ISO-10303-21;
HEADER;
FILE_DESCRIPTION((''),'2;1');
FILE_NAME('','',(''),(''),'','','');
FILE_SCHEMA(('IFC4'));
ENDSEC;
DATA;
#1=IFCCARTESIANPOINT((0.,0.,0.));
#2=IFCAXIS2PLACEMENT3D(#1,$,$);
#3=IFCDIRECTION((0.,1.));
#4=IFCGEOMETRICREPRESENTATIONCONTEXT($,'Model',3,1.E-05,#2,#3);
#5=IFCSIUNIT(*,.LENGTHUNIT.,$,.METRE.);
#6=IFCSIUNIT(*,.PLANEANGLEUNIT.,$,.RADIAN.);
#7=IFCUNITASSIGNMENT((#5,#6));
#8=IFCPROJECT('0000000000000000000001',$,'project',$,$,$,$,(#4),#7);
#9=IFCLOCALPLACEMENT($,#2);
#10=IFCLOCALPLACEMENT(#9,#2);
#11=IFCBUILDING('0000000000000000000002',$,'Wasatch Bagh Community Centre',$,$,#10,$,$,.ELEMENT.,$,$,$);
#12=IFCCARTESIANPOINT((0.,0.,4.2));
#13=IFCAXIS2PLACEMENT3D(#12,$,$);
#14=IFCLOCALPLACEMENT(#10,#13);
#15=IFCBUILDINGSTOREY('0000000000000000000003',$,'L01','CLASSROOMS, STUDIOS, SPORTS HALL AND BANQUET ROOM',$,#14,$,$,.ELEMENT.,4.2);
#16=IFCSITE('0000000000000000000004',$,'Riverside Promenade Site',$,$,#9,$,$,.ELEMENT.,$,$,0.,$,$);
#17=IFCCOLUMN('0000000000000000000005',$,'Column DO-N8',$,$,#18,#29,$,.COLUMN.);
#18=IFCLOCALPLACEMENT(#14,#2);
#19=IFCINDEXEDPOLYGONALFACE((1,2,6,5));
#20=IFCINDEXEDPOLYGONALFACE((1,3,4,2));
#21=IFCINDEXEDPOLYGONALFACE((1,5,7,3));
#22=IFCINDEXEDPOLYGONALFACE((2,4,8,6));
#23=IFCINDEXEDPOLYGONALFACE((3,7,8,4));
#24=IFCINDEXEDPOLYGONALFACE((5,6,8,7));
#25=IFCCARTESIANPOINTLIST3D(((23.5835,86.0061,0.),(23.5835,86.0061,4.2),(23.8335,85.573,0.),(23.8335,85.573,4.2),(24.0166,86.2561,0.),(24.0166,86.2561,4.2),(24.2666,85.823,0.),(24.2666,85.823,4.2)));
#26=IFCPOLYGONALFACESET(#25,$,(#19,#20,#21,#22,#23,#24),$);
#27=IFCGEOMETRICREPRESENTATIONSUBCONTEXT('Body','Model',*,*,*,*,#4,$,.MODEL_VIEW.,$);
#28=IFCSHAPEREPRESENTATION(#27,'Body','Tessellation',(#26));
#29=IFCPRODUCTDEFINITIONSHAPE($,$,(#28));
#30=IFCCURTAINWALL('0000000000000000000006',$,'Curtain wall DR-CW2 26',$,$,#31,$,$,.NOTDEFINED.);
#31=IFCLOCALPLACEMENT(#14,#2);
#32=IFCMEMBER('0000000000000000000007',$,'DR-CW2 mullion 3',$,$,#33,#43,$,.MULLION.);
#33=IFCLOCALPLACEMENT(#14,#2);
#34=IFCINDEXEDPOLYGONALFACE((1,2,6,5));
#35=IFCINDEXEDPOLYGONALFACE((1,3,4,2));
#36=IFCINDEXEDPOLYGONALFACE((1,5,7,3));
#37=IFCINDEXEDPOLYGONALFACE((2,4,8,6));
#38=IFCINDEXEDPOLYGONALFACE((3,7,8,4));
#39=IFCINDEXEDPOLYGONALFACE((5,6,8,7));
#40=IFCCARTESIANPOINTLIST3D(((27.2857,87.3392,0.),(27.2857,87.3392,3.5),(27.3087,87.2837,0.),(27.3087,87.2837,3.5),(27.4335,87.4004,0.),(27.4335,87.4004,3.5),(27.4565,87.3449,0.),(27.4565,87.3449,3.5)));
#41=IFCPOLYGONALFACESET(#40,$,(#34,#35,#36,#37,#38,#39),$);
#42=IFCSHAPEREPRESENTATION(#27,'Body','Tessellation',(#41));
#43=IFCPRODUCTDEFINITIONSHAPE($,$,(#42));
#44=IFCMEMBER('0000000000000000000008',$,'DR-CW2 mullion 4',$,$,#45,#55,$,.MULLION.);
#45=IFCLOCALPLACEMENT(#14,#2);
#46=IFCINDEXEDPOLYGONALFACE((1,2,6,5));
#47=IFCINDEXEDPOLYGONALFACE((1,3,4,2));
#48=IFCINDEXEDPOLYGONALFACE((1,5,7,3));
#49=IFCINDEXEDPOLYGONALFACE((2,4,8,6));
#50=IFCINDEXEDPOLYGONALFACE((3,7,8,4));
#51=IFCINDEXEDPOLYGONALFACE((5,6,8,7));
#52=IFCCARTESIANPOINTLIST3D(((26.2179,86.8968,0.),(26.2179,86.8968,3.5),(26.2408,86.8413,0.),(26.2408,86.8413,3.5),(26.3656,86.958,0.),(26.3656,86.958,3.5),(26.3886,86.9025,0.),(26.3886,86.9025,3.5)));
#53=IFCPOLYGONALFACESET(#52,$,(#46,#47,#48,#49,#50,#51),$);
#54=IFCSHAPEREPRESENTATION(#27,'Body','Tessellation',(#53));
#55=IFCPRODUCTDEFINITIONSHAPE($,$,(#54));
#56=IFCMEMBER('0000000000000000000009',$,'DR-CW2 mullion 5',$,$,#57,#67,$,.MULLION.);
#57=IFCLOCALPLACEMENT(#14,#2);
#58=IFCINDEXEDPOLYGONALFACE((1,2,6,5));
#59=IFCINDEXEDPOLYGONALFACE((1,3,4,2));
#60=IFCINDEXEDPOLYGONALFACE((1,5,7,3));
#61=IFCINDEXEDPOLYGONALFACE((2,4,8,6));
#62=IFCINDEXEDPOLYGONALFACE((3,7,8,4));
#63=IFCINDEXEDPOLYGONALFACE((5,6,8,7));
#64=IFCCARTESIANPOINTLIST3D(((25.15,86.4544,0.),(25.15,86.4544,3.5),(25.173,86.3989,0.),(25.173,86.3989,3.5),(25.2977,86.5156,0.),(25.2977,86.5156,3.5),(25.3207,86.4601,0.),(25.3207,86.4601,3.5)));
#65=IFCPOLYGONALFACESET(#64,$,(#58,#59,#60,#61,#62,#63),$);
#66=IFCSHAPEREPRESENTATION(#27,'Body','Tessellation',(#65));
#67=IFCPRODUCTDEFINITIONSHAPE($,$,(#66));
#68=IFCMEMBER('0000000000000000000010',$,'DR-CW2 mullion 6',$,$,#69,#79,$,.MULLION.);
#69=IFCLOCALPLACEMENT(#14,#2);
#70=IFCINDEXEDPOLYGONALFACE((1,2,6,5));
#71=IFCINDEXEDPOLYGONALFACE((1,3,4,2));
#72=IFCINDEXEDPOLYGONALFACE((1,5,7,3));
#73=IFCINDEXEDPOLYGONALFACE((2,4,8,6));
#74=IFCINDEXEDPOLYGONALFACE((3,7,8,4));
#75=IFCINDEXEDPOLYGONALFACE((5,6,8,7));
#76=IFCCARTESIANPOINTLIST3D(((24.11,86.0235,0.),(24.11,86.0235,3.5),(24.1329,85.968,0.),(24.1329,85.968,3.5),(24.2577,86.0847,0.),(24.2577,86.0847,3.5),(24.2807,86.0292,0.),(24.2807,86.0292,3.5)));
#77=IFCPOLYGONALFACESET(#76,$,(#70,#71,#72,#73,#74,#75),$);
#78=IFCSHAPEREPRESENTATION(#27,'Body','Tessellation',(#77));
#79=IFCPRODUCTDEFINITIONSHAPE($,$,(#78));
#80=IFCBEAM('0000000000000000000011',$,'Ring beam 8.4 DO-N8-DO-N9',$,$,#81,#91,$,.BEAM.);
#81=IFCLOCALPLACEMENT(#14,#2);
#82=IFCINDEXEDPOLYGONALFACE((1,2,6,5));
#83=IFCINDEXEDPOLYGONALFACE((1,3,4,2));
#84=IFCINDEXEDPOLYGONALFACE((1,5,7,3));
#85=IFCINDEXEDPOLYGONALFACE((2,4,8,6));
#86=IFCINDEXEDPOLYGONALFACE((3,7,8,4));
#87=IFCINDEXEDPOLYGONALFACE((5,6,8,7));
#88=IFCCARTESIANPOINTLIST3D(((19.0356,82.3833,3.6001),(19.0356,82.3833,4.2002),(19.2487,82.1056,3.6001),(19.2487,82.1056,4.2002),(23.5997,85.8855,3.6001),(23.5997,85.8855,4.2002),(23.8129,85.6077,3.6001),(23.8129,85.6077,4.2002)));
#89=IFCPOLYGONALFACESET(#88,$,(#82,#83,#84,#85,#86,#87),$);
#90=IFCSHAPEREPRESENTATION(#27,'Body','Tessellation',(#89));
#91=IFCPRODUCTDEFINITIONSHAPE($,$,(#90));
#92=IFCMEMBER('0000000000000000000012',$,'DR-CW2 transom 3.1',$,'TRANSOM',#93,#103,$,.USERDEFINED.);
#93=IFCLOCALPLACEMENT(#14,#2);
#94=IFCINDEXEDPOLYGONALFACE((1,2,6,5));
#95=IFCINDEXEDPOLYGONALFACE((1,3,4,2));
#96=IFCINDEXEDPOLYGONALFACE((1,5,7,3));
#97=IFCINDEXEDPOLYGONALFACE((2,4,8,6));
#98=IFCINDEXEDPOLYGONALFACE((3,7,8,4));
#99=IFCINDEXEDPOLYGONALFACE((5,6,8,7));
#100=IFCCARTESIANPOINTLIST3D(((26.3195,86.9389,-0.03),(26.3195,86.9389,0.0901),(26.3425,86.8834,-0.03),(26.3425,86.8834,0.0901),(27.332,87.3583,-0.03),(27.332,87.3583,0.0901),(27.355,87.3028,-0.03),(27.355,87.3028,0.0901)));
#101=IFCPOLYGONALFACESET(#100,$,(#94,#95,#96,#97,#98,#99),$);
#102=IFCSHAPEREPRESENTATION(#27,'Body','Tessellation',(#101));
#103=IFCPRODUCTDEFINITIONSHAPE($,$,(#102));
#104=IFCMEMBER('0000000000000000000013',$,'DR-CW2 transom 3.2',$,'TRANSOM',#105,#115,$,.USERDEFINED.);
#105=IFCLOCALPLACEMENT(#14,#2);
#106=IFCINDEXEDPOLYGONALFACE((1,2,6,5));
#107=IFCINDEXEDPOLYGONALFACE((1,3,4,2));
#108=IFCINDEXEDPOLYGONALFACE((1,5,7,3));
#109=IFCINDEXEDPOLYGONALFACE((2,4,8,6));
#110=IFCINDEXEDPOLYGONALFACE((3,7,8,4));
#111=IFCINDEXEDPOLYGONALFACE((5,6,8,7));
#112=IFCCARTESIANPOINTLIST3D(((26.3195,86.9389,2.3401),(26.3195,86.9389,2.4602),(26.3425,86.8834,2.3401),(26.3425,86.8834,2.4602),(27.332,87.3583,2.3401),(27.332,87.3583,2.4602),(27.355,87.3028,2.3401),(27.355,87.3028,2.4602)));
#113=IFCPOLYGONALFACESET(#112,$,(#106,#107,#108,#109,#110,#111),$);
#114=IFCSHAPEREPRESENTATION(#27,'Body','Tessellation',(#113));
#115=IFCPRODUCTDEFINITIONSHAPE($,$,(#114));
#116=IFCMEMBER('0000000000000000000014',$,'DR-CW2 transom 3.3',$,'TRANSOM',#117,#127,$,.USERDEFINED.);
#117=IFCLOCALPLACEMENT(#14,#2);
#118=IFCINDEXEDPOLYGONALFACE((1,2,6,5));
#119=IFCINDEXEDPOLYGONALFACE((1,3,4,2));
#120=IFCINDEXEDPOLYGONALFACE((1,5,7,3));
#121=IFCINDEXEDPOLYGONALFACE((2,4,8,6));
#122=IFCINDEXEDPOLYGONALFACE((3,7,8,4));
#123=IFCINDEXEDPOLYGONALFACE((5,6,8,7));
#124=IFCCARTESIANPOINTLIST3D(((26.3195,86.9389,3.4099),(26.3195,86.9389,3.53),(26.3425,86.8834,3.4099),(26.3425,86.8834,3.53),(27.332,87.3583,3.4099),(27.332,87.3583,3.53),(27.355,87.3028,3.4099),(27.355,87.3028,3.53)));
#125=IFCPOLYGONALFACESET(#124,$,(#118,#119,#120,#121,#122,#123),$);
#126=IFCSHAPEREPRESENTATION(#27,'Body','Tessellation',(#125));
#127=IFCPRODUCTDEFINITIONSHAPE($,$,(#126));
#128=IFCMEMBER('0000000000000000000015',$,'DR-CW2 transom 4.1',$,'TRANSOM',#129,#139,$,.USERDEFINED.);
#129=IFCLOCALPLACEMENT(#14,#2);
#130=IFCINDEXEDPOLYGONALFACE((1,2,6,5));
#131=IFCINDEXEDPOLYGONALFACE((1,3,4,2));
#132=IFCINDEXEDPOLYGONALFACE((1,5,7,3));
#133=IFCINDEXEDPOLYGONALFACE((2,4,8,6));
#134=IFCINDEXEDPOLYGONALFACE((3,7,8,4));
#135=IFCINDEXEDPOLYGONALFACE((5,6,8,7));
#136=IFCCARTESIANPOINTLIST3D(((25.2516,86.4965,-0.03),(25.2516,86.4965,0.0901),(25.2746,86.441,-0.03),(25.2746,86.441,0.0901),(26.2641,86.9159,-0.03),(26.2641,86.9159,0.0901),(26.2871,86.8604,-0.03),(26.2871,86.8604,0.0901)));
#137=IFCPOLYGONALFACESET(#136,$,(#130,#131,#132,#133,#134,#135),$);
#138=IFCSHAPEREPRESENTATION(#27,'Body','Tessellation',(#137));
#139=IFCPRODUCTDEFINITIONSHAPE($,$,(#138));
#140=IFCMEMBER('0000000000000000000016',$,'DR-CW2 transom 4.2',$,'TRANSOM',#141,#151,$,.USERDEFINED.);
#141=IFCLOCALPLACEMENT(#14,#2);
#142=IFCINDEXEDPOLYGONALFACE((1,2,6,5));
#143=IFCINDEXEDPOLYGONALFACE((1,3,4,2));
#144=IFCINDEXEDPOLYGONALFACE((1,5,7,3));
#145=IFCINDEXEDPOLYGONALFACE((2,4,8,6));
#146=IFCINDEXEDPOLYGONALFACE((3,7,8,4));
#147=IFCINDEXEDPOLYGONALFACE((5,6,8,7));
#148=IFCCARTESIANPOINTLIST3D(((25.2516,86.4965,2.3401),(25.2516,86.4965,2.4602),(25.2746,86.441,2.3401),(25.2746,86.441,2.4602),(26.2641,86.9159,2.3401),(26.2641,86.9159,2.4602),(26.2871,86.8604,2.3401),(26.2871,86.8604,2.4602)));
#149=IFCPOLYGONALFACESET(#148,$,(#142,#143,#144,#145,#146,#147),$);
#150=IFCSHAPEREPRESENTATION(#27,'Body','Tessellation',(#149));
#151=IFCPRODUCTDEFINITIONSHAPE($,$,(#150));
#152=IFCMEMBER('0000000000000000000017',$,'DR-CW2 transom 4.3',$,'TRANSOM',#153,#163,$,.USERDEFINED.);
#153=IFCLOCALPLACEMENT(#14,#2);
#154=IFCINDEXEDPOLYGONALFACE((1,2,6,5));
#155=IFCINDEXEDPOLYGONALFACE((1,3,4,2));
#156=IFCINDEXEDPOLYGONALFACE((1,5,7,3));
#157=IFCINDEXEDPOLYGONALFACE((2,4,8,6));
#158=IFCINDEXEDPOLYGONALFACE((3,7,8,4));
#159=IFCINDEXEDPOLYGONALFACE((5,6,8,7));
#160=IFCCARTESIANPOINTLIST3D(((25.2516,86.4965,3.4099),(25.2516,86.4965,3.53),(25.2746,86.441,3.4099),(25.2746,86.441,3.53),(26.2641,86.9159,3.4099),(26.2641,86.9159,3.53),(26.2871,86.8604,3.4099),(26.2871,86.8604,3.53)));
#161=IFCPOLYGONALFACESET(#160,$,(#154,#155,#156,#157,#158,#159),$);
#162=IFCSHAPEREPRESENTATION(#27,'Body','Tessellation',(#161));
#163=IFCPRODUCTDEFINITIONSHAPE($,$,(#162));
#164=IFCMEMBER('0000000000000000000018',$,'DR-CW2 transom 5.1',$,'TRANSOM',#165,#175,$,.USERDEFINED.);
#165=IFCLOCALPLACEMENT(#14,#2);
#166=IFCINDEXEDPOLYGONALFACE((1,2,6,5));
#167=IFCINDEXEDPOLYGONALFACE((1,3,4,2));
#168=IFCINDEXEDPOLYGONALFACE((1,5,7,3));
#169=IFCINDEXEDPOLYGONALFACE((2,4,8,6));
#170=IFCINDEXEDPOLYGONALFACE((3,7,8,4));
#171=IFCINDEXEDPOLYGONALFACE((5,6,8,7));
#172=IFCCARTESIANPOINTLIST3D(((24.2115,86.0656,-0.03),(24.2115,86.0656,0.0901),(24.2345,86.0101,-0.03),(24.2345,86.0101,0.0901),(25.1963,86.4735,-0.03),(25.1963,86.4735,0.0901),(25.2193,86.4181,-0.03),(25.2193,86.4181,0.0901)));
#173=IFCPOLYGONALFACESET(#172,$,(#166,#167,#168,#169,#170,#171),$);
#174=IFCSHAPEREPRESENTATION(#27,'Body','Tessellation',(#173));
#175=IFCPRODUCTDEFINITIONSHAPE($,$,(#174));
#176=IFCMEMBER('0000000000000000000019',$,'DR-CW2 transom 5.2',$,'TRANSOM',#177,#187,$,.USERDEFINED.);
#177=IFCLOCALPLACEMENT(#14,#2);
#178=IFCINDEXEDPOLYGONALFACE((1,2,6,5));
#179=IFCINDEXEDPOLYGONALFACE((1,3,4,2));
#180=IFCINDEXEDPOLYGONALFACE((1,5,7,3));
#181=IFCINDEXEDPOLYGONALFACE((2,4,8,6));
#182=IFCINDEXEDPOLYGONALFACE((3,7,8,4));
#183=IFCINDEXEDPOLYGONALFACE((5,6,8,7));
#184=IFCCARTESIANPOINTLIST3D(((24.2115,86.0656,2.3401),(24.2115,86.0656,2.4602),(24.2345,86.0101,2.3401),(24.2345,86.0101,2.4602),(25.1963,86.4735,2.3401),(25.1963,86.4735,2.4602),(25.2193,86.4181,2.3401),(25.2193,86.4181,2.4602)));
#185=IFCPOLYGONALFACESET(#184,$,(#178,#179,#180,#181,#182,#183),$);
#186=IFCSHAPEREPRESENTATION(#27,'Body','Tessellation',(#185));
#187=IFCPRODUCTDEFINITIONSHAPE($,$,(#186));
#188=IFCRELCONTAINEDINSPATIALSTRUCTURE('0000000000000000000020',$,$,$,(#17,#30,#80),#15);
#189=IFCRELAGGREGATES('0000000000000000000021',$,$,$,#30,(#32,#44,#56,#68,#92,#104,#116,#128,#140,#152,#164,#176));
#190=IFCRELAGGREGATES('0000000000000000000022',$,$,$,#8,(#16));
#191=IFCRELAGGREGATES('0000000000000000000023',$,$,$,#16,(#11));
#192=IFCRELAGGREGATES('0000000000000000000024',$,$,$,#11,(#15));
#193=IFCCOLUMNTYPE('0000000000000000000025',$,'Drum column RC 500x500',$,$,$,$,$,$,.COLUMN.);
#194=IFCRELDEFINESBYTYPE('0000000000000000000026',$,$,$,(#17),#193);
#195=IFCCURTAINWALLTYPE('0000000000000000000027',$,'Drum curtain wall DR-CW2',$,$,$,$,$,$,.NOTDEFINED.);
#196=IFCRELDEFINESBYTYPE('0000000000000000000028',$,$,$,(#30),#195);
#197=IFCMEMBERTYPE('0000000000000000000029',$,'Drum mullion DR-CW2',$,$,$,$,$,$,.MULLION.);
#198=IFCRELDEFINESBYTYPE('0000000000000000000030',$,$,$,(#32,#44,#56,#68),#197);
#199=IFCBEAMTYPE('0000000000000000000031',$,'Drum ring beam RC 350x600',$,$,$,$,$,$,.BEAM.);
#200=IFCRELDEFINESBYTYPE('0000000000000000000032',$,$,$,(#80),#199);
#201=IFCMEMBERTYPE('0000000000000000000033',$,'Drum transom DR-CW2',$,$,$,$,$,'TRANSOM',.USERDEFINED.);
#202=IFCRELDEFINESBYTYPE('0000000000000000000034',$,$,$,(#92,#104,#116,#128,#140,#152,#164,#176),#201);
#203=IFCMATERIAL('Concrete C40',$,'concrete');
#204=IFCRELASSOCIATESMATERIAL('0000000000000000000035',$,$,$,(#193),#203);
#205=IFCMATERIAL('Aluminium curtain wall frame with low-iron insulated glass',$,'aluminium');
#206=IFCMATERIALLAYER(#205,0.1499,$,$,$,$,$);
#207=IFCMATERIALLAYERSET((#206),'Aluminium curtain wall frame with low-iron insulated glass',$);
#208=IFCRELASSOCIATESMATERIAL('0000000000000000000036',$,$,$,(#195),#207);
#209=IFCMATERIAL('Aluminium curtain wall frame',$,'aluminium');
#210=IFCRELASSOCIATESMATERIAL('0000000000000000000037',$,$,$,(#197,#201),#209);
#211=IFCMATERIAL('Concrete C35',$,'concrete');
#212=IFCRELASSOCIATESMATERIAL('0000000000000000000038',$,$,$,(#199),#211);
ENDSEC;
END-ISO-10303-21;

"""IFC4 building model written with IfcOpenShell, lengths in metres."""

from ifc_helpers import new_model, si_unit, direction, frame, origin, origin_2d, place, context, subcontext, project, spatial, rectangle, extrude, material, layer, layer_set, material_profile, profile_set, type_object, element, aggregate, save


model = new_model("IFC4")

# Units and contexts
model_context = context("Model", 3, precision=1e-05, world=origin(), true_north=direction((0.0, 1.0)))
body_context = subcontext(model_context, "Body", "Model", "MODEL_VIEW")
ifc_project = project(units=[si_unit("LENGTHUNIT", "METRE"), si_unit("PLANEANGLEUNIT", "RADIAN")], contexts=[model_context])

# Site, building, storey
site_placement = place(None, origin())
site = spatial("IfcSite", under=ifc_project, at=site_placement, Name="Riverside Promenade Site", CompositionType="ELEMENT", RefElevation=0.0)
building_placement = place(site_placement, origin())
building = spatial("IfcBuilding", under=site, at=building_placement, Name="Wasatch Bagh Community Centre", CompositionType="ELEMENT")
storey_placement = place(building_placement, frame((0.0, 0.0, 4.2)))
storey = spatial("IfcBuildingStorey", under=building, at=storey_placement, Name="L01", Description="CLASSROOMS, STUDIOS, SPORTS HALL AND BANQUET ROOM", CompositionType="ELEMENT", Elevation=4.2)

# Column
ifc_material_1 = material(Name="Concrete C40", Category="concrete")
ifc_material_profile_1 = material_profile(ifc_material_1, rectangle(XDim=0.5, YDim=0.5, at=origin_2d()), Name="RC 500x500")
ifc_profile_set_1 = profile_set([ifc_material_profile_1], Name="Concrete C40")
column_type = type_object("IfcColumnType", Name="Drum column RC 500x500", PredefinedType="COLUMN", material=ifc_profile_set_1)
column_placement = place(storey_placement, frame((23.925, 85.9146, 0.0), z_axis=(0.0, 0.0, 1.0), x_axis=(0.866025, 0.5, 0.0)))
element("IfcColumn", 1, at=column_placement, inside=storey, type_object=column_type, Name="Column DO-N8", PredefinedType="COLUMN", context=body_context, shape_type="SweptSolid", body=[
    extrude(rectangle(XDim=0.5, YDim=0.5, at=origin_2d()), origin(), (0.0, 0.0, 1.0), 4.2),
])

# Curtain wall, members
ifc_material_2 = material(Name="Aluminium curtain wall frame with low-iron insulated glass", Category="aluminium")
ifc_layer_1 = layer(ifc_material_2, 0.1499)
ifc_layer_set_1 = layer_set([ifc_layer_1], Name="Aluminium curtain wall frame with low-iron insulated glass")
curtain_wall_type = type_object("IfcCurtainWallType", Name="Drum curtain wall DR-CW2", PredefinedType="NOTDEFINED", material=ifc_layer_set_1)
curtain_wall_placement = place(storey_placement, origin())
curtain_wall = element("IfcCurtainWall", 2, at=curtain_wall_placement, inside=storey, type_object=curtain_wall_type, Name="Curtain wall DR-CW2 26", PredefinedType="NOTDEFINED")
ifc_material_3 = material(Name="Aluminium curtain wall frame", Category="aluminium")
ifc_material_profile_2 = material_profile(ifc_material_3, rectangle(XDim=0.0601, YDim=0.1599, at=origin_2d()), Name="Drum mullion DR-CW2")
ifc_profile_set_2 = profile_set([ifc_material_profile_2], Name="Aluminium curtain wall frame")
member_type_1 = type_object("IfcMemberType", Name="Drum mullion DR-CW2", PredefinedType="MULLION", material=ifc_profile_set_2)
member_1_placement = place(storey_placement, frame((27.3711, 87.342, 0.0), z_axis=(0.0, 0.0, 1.0), x_axis=(0.382683, -0.92388, 0.0)))
member_1 = element("IfcMember", 3, at=member_1_placement, type_object=member_type_1, Name="DR-CW2 mullion 3", PredefinedType="MULLION", context=body_context, shape_type="SweptSolid", body=[
    extrude(rectangle(XDim=0.0601, YDim=0.1599, at=origin_2d()), origin(), (0.0, 0.0, 1.0), 3.5),
])
member_2_placement = place(storey_placement, frame((26.3032, 86.8997, 0.0), z_axis=(0.0, 0.0, 1.0), x_axis=(0.382683, -0.92388, 0.0)))
member_2 = element("IfcMember", 4, at=member_2_placement, type_object=member_type_1, Name="DR-CW2 mullion 4", PredefinedType="MULLION", context=body_context, shape_type="SweptSolid", body=[
    extrude(rectangle(XDim=0.0601, YDim=0.1599, at=origin_2d()), origin(), (0.0, 0.0, 1.0), 3.5),
])
member_3_placement = place(storey_placement, frame((25.2354, 86.4573, 0.0), z_axis=(0.0, 0.0, 1.0), x_axis=(0.382683, -0.92388, 0.0)))
member_3 = element("IfcMember", 5, at=member_3_placement, type_object=member_type_1, Name="DR-CW2 mullion 5", PredefinedType="MULLION", context=body_context, shape_type="SweptSolid", body=[
    extrude(rectangle(XDim=0.0601, YDim=0.1599, at=origin_2d()), origin(), (0.0, 0.0, 1.0), 3.5),
])
member_4_placement = place(storey_placement, frame((24.1953, 86.0264, 0.0), z_axis=(0.0, 0.0, 1.0), x_axis=(0.382683, -0.92388, 0.0)))
member_4 = element("IfcMember", 6, at=member_4_placement, type_object=member_type_1, Name="DR-CW2 mullion 6", PredefinedType="MULLION", context=body_context, shape_type="SweptSolid", body=[
    extrude(rectangle(XDim=0.0601, YDim=0.1599, at=origin_2d()), origin(), (0.0, 0.0, 1.0), 3.5),
])

# Beam
ifc_material_4 = material(Name="Concrete C35", Category="concrete")
ifc_material_profile_3 = material_profile(ifc_material_4, rectangle(XDim=0.3501, YDim=0.6001, at=origin_2d()), Name="RC 350x600")
ifc_profile_set_3 = profile_set([ifc_material_profile_3], Name="Concrete C35")
beam_type = type_object("IfcBeamType", Name="Drum ring beam RC 350x600", PredefinedType="BEAM", material=ifc_profile_set_3)
beam_placement = place(storey_placement, frame((23.7063, 85.7466, 3.9001), z_axis=(-0.793357, -0.608757, 0.0), x_axis=(0.608757, -0.793357, 0.0)))
element("IfcBeam", 7, at=beam_placement, inside=storey, type_object=beam_type, Name="Ring beam 8.4 DO-N8-DO-N9", PredefinedType="BEAM", context=body_context, shape_type="SweptSolid", body=[
    extrude(rectangle(XDim=0.3501, YDim=0.6001, at=origin_2d()), origin(), (0.0, 0.0, 1.0), 5.7529),
])

# Members
ifc_material_profile_4 = material_profile(ifc_material_3, rectangle(XDim=0.0601, YDim=0.1201, at=origin_2d()), Name="Drum transom DR-CW2")
ifc_profile_set_4 = profile_set([ifc_material_profile_4], Name="Aluminium curtain wall frame")
member_type_2 = type_object("IfcMemberType", Name="Drum transom DR-CW2", ElementType="TRANSOM", PredefinedType="USERDEFINED", material=ifc_profile_set_4)
member_5_placement = place(storey_placement, frame((27.3435, 87.3306, 0.03), z_axis=(-0.923859, -0.382732, 0.0), x_axis=(0.382732, -0.923859, 0.0)))
member_5 = element("IfcMember", 8, at=member_5_placement, type_object=member_type_2, Name="DR-CW2 transom 3.1", ObjectType="TRANSOM", PredefinedType="USERDEFINED", context=body_context, shape_type="SweptSolid", body=[
    extrude(rectangle(XDim=0.0601, YDim=0.1201, at=origin_2d()), origin(), (0.0, 0.0, 1.0), 1.0959),
])
member_6_placement = place(storey_placement, frame((27.3435, 87.3306, 2.4001), z_axis=(-0.923859, -0.382732, 0.0), x_axis=(0.382732, -0.923859, 0.0)))
member_6 = element("IfcMember", 9, at=member_6_placement, type_object=member_type_2, Name="DR-CW2 transom 3.2", ObjectType="TRANSOM", PredefinedType="USERDEFINED", context=body_context, shape_type="SweptSolid", body=[
    extrude(rectangle(XDim=0.0601, YDim=0.1201, at=origin_2d()), origin(), (0.0, 0.0, 1.0), 1.0959),
])
member_7_placement = place(storey_placement, frame((27.3435, 87.3306, 3.47), z_axis=(-0.923859, -0.382732, 0.0), x_axis=(0.382732, -0.923859, 0.0)))
member_7 = element("IfcMember", 10, at=member_7_placement, type_object=member_type_2, Name="DR-CW2 transom 3.3", ObjectType="TRANSOM", PredefinedType="USERDEFINED", context=body_context, shape_type="SweptSolid", body=[
    extrude(rectangle(XDim=0.0601, YDim=0.1201, at=origin_2d()), origin(), (0.0, 0.0, 1.0), 1.0959),
])
member_8_placement = place(storey_placement, frame((26.2756, 86.8882, 0.03), z_axis=(-0.923859, -0.382732, 0.0), x_axis=(0.382732, -0.923859, 0.0)))
member_8 = element("IfcMember", 11, at=member_8_placement, type_object=member_type_2, Name="DR-CW2 transom 4.1", ObjectType="TRANSOM", PredefinedType="USERDEFINED", context=body_context, shape_type="SweptSolid", body=[
    extrude(rectangle(XDim=0.0601, YDim=0.1201, at=origin_2d()), origin(), (0.0, 0.0, 1.0), 1.0959),
])
member_9_placement = place(storey_placement, frame((26.2756, 86.8882, 2.4001), z_axis=(-0.923859, -0.382732, 0.0), x_axis=(0.382732, -0.923859, 0.0)))
member_9 = element("IfcMember", 12, at=member_9_placement, type_object=member_type_2, Name="DR-CW2 transom 4.2", ObjectType="TRANSOM", PredefinedType="USERDEFINED", context=body_context, shape_type="SweptSolid", body=[
    extrude(rectangle(XDim=0.0601, YDim=0.1201, at=origin_2d()), origin(), (0.0, 0.0, 1.0), 1.0959),
])
member_10_placement = place(storey_placement, frame((26.2756, 86.8882, 3.47), z_axis=(-0.923859, -0.382732, 0.0), x_axis=(0.382732, -0.923859, 0.0)))
member_10 = element("IfcMember", 13, at=member_10_placement, type_object=member_type_2, Name="DR-CW2 transom 4.3", ObjectType="TRANSOM", PredefinedType="USERDEFINED", context=body_context, shape_type="SweptSolid", body=[
    extrude(rectangle(XDim=0.0601, YDim=0.1201, at=origin_2d()), origin(), (0.0, 0.0, 1.0), 1.0959),
])
member_11_placement = place(storey_placement, frame((25.2078, 86.4458, 0.03), z_axis=(-0.923874, -0.382696, 0.0), x_axis=(0.382696, -0.923874, 0.0)))
member_11 = element("IfcMember", 14, at=member_11_placement, type_object=member_type_2, Name="DR-CW2 transom 5.1", ObjectType="TRANSOM", PredefinedType="USERDEFINED", context=body_context, shape_type="SweptSolid", body=[
    extrude(rectangle(XDim=0.0601, YDim=0.1201, at=origin_2d()), origin(), (0.0, 0.0, 1.0), 1.0659),
])
member_12_placement = place(storey_placement, frame((25.2078, 86.4458, 2.4001), z_axis=(-0.923874, -0.382696, 0.0), x_axis=(0.382696, -0.923874, 0.0)))
member_12 = element("IfcMember", 15, at=member_12_placement, type_object=member_type_2, Name="DR-CW2 transom 5.2", ObjectType="TRANSOM", PredefinedType="USERDEFINED", context=body_context, shape_type="SweptSolid", body=[
    extrude(rectangle(XDim=0.0601, YDim=0.1201, at=origin_2d()), origin(), (0.0, 0.0, 1.0), 1.0659),
])

aggregate(curtain_wall, [member_1, member_2, member_3, member_4, member_5, member_6, member_7, member_8, member_9, member_10, member_11, member_12])

save(model, "model.ifc")
